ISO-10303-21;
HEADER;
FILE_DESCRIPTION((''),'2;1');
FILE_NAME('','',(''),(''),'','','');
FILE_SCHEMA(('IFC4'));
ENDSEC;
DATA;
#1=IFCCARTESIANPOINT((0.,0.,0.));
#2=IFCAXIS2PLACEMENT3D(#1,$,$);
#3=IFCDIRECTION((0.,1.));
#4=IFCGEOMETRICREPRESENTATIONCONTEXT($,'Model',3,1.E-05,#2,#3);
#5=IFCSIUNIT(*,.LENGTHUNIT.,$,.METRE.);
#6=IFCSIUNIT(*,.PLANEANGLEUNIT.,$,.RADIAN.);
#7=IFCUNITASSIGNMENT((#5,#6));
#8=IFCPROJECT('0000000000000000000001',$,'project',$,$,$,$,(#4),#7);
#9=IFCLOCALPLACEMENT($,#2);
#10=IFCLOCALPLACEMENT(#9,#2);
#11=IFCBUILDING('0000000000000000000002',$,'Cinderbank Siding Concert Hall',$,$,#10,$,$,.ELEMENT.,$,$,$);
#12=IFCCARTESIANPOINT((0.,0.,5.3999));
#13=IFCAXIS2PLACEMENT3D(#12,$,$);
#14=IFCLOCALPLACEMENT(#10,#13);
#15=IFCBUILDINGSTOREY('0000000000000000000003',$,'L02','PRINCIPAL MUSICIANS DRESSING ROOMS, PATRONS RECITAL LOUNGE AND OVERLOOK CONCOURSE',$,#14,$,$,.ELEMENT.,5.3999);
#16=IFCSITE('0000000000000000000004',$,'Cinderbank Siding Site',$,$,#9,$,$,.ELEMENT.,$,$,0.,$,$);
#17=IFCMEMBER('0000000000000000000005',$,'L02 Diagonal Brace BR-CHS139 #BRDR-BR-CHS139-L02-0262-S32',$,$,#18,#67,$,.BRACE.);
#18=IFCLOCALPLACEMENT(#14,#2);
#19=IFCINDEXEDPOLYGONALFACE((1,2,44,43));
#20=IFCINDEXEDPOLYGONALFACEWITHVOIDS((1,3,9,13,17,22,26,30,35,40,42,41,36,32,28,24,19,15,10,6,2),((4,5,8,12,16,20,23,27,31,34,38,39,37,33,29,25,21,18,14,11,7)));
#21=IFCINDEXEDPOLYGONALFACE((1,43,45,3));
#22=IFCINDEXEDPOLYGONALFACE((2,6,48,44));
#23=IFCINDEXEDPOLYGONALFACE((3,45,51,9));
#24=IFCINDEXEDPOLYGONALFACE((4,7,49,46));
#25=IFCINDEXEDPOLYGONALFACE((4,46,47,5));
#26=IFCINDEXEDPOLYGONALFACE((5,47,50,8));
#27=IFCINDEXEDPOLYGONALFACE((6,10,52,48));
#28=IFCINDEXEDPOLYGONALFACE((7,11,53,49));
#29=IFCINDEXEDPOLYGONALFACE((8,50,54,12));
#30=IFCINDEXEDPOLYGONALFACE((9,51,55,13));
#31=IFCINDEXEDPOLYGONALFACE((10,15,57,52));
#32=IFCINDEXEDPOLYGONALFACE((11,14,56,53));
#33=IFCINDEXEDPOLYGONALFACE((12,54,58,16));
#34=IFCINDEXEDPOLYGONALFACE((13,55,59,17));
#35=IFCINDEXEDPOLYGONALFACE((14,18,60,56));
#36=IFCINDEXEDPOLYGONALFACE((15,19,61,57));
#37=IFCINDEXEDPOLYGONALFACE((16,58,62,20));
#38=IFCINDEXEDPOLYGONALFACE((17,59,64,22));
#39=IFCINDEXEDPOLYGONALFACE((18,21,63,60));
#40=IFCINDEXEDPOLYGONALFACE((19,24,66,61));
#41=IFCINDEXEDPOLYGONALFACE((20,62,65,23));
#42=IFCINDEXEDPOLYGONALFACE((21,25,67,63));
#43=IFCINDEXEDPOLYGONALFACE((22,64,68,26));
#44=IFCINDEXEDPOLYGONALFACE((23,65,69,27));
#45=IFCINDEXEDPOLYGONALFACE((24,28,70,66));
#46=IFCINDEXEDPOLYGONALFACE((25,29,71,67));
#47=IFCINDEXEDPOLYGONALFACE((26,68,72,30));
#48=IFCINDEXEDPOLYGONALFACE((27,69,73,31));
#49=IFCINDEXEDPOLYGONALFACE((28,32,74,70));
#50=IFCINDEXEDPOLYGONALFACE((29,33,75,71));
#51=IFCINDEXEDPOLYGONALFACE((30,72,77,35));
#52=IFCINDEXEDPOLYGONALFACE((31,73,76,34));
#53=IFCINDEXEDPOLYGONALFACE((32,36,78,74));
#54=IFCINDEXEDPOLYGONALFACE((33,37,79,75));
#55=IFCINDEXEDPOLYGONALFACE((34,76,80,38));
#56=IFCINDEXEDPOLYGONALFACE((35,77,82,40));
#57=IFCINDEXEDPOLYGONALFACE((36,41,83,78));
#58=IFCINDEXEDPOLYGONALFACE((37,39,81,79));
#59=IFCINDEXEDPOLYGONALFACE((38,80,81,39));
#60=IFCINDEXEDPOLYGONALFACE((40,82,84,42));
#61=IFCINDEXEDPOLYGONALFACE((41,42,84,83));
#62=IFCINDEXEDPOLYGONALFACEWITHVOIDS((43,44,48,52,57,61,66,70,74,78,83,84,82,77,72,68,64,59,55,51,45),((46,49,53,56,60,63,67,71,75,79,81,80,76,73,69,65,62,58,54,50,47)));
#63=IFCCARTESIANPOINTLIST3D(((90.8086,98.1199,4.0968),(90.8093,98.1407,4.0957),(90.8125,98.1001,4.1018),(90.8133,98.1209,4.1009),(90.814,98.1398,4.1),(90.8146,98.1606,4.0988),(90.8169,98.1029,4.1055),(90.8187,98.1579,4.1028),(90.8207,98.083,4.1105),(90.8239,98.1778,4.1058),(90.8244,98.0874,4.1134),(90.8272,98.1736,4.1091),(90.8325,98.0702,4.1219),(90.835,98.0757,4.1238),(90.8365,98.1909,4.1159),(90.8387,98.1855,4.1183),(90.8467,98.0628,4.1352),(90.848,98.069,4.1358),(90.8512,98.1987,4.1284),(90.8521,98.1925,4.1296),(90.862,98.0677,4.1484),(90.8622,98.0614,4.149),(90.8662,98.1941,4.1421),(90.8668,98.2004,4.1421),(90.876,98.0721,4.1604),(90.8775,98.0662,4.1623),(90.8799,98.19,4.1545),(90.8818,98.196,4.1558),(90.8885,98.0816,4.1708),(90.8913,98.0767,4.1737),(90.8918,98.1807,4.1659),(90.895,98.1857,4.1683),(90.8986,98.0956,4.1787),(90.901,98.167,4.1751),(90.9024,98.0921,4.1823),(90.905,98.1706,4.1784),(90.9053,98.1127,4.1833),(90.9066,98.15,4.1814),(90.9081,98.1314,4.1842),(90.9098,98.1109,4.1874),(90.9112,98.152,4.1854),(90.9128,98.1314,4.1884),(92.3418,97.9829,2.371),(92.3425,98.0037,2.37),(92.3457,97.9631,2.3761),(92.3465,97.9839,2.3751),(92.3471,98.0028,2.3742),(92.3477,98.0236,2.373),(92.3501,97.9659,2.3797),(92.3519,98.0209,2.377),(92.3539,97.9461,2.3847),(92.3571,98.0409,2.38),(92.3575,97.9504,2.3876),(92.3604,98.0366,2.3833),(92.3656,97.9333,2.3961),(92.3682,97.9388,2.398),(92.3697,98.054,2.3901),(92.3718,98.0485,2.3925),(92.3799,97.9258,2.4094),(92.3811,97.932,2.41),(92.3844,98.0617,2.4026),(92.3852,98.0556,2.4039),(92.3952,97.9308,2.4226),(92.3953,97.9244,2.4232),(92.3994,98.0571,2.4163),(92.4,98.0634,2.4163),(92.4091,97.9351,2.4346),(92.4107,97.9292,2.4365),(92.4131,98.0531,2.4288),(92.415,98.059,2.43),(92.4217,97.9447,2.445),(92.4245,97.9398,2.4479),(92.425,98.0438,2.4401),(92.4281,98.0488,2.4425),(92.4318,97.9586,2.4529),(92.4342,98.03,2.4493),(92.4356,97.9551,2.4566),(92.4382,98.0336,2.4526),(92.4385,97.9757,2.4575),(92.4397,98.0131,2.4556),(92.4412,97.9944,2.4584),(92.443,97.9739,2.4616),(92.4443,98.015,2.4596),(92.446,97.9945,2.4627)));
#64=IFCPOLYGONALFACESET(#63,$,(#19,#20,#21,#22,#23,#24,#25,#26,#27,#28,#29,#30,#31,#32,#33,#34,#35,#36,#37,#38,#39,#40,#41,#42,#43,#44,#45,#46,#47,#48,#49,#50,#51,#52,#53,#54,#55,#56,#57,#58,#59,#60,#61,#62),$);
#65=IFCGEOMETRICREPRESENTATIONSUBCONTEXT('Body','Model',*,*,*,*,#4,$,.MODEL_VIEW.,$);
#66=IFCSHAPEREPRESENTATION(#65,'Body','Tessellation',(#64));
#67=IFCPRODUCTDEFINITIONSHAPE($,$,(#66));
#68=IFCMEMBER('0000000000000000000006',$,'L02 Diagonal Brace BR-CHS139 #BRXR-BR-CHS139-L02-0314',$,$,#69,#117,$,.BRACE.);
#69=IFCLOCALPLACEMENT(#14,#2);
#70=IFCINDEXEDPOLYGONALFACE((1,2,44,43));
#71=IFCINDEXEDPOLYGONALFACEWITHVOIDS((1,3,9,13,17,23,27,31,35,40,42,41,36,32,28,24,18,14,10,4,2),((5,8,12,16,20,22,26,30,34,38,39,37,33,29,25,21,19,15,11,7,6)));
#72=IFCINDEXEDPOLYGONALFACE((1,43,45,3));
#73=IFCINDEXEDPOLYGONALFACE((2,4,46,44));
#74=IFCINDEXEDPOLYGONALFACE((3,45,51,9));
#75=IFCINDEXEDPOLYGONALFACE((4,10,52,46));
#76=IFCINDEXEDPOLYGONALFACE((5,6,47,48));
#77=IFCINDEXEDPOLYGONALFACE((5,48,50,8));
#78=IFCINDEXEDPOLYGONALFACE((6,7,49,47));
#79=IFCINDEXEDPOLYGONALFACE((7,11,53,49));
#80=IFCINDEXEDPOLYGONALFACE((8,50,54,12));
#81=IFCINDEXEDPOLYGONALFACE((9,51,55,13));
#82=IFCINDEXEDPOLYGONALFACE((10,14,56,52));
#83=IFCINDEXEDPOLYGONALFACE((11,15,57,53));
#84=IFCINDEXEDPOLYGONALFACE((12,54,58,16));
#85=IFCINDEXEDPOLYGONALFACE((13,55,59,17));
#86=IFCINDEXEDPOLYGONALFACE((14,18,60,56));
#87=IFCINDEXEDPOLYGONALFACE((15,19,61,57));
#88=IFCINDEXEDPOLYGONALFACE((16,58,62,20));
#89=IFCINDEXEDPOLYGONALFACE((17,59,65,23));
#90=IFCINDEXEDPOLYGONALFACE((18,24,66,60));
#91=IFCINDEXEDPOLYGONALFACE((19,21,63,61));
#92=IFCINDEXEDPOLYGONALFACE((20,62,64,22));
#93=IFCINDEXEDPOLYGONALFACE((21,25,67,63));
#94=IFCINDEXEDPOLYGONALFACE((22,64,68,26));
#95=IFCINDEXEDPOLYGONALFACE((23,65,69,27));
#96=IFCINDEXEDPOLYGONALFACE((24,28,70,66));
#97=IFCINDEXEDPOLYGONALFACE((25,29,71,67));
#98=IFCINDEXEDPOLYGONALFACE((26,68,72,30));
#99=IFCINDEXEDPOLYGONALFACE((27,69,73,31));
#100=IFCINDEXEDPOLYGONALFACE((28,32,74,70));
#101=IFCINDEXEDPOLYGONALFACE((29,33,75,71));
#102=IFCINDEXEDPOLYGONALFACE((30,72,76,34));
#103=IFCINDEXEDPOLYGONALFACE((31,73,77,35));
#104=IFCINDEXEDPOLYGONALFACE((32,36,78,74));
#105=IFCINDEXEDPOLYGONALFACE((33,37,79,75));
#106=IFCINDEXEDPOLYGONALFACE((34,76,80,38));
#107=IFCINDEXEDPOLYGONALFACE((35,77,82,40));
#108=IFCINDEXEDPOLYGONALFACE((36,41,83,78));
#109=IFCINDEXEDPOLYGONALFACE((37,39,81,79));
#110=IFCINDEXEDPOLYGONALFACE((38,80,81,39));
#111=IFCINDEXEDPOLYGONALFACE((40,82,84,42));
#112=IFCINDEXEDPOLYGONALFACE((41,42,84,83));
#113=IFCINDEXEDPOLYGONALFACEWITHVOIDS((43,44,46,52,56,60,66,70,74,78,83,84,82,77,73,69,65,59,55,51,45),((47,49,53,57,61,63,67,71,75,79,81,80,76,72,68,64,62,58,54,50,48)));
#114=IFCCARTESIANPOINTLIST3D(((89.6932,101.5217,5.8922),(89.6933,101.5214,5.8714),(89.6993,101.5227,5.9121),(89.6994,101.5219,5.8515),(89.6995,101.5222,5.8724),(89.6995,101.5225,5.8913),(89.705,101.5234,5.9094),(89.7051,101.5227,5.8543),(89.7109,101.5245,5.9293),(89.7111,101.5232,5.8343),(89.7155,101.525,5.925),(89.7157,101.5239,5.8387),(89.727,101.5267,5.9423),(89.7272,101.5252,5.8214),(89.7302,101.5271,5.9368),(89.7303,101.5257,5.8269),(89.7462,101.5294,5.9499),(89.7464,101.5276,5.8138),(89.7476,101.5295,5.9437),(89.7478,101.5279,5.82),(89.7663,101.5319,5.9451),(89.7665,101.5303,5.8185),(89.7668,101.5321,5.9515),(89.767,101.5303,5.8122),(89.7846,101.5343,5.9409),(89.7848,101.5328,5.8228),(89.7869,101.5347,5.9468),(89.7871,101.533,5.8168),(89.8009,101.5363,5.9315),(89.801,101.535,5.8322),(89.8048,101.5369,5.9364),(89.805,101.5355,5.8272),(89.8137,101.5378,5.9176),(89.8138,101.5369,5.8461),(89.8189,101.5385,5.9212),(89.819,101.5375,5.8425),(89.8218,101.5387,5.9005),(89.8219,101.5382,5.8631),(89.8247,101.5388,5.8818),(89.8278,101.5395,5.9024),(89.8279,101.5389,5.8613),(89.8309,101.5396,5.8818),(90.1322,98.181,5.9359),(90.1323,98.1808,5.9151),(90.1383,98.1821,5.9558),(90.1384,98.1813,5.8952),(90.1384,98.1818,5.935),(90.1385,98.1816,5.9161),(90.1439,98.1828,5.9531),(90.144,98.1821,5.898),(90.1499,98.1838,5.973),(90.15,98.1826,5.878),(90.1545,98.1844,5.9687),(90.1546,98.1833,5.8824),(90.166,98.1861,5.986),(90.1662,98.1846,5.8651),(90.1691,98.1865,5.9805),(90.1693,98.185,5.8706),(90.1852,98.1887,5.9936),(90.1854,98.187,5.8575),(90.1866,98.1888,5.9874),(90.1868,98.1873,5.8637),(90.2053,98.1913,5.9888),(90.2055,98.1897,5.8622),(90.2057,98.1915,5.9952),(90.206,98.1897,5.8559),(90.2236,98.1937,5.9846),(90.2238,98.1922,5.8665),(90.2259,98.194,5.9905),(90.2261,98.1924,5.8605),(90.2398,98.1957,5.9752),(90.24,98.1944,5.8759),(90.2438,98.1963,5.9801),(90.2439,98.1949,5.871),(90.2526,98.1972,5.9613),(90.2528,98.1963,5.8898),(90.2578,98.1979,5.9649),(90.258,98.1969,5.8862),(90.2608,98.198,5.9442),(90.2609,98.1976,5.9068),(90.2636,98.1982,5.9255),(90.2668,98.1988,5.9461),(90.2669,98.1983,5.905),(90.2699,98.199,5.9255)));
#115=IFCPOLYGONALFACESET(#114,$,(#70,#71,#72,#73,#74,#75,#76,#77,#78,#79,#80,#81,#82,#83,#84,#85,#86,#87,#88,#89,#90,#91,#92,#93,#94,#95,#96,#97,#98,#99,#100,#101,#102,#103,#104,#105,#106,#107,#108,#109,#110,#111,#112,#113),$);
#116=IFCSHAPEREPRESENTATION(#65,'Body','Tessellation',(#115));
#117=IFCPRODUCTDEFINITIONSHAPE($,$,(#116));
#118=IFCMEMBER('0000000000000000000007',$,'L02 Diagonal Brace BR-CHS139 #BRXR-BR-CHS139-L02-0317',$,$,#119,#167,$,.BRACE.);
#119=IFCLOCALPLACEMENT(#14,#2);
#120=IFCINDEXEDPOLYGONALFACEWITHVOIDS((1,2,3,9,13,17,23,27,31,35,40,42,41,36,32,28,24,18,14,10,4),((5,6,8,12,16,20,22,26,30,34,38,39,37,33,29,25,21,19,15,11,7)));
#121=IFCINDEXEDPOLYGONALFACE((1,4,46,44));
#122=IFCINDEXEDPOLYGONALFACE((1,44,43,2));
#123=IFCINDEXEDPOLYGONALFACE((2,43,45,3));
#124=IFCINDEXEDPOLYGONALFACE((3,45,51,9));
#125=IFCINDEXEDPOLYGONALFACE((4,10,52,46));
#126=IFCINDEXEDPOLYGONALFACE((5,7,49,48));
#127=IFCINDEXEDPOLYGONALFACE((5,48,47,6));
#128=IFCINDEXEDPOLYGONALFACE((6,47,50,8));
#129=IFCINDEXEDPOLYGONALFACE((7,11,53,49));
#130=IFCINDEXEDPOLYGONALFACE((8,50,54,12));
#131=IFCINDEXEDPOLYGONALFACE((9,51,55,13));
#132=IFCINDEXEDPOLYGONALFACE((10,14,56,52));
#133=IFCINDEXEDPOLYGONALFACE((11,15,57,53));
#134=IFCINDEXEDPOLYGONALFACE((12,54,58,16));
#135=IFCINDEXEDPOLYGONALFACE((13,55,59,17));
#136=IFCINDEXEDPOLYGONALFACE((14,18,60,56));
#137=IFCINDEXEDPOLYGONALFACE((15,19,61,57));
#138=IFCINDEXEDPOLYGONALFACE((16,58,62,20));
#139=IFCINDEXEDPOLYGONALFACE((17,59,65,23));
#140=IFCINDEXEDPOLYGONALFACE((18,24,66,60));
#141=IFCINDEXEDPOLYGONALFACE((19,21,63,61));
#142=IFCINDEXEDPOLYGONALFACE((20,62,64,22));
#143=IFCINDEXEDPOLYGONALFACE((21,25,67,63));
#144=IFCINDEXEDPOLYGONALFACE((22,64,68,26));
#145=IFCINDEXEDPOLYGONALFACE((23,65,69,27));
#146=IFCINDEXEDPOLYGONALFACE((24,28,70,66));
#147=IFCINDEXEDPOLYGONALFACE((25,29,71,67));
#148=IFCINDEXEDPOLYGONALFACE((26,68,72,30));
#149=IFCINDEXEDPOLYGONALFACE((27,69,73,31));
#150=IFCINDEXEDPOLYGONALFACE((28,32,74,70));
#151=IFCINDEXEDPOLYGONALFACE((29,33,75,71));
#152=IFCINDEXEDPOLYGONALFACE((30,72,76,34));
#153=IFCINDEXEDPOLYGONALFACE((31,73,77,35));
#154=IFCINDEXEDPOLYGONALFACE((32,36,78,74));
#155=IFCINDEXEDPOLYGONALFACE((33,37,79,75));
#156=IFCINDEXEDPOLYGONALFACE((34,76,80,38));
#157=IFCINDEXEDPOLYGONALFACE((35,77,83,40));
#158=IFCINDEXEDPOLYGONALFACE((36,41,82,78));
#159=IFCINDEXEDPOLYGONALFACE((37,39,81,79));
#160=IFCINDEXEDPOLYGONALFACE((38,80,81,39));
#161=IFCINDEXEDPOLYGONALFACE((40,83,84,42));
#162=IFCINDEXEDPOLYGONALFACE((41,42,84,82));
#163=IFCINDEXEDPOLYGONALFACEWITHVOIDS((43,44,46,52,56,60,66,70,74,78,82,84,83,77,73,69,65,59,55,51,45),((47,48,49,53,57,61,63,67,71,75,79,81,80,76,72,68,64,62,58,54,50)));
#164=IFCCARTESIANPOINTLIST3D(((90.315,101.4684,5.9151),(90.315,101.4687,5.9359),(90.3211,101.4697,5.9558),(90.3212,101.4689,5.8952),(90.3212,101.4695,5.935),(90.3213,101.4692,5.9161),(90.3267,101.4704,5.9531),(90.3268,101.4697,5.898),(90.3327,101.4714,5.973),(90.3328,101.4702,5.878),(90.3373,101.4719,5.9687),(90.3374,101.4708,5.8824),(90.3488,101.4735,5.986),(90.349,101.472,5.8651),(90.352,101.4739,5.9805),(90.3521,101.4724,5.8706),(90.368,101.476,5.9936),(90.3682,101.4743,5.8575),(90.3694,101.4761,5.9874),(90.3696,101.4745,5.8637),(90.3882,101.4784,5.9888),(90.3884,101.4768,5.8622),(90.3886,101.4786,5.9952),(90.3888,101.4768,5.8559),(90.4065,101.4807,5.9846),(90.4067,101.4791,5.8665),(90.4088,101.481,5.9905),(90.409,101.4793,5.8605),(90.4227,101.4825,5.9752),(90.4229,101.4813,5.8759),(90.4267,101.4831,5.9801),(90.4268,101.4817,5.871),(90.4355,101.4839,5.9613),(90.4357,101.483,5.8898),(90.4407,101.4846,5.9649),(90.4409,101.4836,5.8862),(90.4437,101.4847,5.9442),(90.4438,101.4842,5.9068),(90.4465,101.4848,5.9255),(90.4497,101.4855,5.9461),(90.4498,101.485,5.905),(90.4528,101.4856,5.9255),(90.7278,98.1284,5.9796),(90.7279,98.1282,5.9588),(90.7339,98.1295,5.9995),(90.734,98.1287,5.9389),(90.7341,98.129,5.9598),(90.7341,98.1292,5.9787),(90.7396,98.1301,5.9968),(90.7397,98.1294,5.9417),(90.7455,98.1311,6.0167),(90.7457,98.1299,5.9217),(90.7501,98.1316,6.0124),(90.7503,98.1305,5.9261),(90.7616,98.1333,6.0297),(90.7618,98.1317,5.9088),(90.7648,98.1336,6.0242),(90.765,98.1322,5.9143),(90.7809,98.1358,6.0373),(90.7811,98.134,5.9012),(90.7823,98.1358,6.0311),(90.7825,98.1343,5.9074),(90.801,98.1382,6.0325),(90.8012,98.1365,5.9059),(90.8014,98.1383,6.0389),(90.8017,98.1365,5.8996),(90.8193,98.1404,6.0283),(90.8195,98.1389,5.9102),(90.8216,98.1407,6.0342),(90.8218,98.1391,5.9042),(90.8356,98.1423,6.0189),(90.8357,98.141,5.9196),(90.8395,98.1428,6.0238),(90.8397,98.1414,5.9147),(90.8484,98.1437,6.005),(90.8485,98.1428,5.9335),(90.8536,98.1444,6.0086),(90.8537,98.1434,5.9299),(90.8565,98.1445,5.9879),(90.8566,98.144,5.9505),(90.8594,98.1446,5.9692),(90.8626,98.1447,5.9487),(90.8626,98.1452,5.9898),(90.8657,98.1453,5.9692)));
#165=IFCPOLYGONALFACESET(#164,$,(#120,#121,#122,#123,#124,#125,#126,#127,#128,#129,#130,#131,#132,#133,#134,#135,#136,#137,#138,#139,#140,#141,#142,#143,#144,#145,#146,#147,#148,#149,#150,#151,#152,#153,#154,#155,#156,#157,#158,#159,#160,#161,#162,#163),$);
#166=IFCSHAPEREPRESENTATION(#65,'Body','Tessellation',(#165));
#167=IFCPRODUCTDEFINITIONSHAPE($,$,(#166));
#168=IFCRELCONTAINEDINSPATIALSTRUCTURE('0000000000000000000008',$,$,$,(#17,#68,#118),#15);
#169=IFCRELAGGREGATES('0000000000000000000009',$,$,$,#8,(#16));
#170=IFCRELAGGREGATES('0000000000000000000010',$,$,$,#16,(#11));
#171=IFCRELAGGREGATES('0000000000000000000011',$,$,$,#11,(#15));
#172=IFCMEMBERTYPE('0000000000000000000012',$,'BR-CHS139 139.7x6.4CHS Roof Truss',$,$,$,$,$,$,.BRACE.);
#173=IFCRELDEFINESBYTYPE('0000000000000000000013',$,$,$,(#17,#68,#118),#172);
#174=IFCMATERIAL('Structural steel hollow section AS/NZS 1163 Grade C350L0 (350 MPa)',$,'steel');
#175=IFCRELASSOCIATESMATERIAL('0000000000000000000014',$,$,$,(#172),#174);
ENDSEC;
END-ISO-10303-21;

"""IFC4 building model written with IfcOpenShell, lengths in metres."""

from ifc_helpers import new_model, si_unit, direction, frame, origin, origin_2d, place, context, subcontext, project, spatial, hollow_circle, extrude, material, material_profile, profile_set, type_object, element, save


model = new_model("IFC4")

# Units and contexts
model_context = context("Model", 3, precision=1e-05, world=origin(), true_north=direction((0.0, 1.0)))
body_context = subcontext(model_context, "Body", "Model", "MODEL_VIEW")
ifc_project = project(units=[si_unit("LENGTHUNIT", "METRE"), si_unit("PLANEANGLEUNIT", "RADIAN")], contexts=[model_context])

# Site, building, storey
site_placement = place(None, origin())
site = spatial("IfcSite", under=ifc_project, at=site_placement, Name="Cinderbank Siding Site", CompositionType="ELEMENT", RefElevation=0.0)
building_placement = place(site_placement, origin())
building = spatial("IfcBuilding", under=site, at=building_placement, Name="Cinderbank Siding Concert Hall", CompositionType="ELEMENT")
storey_placement = place(building_placement, frame((0.0, 0.0, 5.3999)))
storey = spatial("IfcBuildingStorey", under=building, at=storey_placement, Name="L02", Description="PRINCIPAL MUSICIANS DRESSING ROOMS, PATRONS RECITAL LOUNGE AND OVERLOOK CONCOURSE", CompositionType="ELEMENT", Elevation=5.3999)

# Members
ifc_material_1 = material(Name="Structural steel hollow section AS/NZS 1163 Grade C350L0 (350 MPa)", Category="steel")
ifc_material_profile_1 = material_profile(ifc_material_1, hollow_circle(Radius=0.0698, WallThickness=0.0063, at=origin_2d()), Name="139.7x6.4CHS", Category="LoadBearing")
ifc_profile_set_1 = profile_set([ifc_material_profile_1], Name="Structural steel hollow section AS/NZS 1163 Grade C350L0 (350 MPa)")
member_type_1 = type_object("IfcMemberType", Name="BR-CHS139 139.7x6.4CHS Roof Truss", PredefinedType="BRACE", material=ifc_profile_set_1)
for number, where, z_axis, x_axis, name in (
    (1, (90.8606, 98.1309, 4.1421), (0.662988, -0.059226, -0.746284), (0.088977, 0.996034, 0.0), "L02 Diagonal Brace BR-CHS139 #BRDR-BR-CHS139-L02-0262-S32"),
):
    element("IfcMember", number, at=place(storey_placement, frame(where, z_axis=z_axis, x_axis=x_axis)), inside=storey, type_object=member_type_1, Name=name, PredefinedType="BRACE", context=body_context, shape_type="SweptSolid", body=[
        extrude(hollow_circle(Radius=0.0698, WallThickness=0.0063, at=origin_2d()), origin(), (0.0, 0.0, 1.0), 2.3125),
    ])
member_1_placement = place(storey_placement, frame((89.7617, 101.5305, 5.8818), z_axis=(0.130273, -0.991393, 0.012969), x_axis=(0.991477, 0.130284, 0.0)))
element("IfcMember", 2, at=member_1_placement, inside=storey, type_object=member_type_1, Name="L02 Diagonal Brace BR-CHS139 #BRXR-BR-CHS139-L02-0314", PredefinedType="BRACE", context=body_context, shape_type="SweptSolid", body=[
    extrude(hollow_circle(Radius=0.0698, WallThickness=0.0063, at=origin_2d()), origin(), (0.0, 0.0, 1.0), 3.3696),
])
member_2_placement = place(storey_placement, frame((90.3835, 101.4771, 5.9255), z_axis=(0.122649, -0.992365, 0.012983), x_axis=(0.992449, 0.12266, 0.0)))
element("IfcMember", 3, at=member_2_placement, inside=storey, type_object=member_type_1, Name="L02 Diagonal Brace BR-CHS139 #BRXR-BR-CHS139-L02-0317", PredefinedType="BRACE", context=body_context, shape_type="SweptSolid", body=[
    extrude(hollow_circle(Radius=0.0698, WallThickness=0.0063, at=origin_2d()), origin(), (0.0, 0.0, 1.0), 3.366),
])

save(model, "model.ifc")
